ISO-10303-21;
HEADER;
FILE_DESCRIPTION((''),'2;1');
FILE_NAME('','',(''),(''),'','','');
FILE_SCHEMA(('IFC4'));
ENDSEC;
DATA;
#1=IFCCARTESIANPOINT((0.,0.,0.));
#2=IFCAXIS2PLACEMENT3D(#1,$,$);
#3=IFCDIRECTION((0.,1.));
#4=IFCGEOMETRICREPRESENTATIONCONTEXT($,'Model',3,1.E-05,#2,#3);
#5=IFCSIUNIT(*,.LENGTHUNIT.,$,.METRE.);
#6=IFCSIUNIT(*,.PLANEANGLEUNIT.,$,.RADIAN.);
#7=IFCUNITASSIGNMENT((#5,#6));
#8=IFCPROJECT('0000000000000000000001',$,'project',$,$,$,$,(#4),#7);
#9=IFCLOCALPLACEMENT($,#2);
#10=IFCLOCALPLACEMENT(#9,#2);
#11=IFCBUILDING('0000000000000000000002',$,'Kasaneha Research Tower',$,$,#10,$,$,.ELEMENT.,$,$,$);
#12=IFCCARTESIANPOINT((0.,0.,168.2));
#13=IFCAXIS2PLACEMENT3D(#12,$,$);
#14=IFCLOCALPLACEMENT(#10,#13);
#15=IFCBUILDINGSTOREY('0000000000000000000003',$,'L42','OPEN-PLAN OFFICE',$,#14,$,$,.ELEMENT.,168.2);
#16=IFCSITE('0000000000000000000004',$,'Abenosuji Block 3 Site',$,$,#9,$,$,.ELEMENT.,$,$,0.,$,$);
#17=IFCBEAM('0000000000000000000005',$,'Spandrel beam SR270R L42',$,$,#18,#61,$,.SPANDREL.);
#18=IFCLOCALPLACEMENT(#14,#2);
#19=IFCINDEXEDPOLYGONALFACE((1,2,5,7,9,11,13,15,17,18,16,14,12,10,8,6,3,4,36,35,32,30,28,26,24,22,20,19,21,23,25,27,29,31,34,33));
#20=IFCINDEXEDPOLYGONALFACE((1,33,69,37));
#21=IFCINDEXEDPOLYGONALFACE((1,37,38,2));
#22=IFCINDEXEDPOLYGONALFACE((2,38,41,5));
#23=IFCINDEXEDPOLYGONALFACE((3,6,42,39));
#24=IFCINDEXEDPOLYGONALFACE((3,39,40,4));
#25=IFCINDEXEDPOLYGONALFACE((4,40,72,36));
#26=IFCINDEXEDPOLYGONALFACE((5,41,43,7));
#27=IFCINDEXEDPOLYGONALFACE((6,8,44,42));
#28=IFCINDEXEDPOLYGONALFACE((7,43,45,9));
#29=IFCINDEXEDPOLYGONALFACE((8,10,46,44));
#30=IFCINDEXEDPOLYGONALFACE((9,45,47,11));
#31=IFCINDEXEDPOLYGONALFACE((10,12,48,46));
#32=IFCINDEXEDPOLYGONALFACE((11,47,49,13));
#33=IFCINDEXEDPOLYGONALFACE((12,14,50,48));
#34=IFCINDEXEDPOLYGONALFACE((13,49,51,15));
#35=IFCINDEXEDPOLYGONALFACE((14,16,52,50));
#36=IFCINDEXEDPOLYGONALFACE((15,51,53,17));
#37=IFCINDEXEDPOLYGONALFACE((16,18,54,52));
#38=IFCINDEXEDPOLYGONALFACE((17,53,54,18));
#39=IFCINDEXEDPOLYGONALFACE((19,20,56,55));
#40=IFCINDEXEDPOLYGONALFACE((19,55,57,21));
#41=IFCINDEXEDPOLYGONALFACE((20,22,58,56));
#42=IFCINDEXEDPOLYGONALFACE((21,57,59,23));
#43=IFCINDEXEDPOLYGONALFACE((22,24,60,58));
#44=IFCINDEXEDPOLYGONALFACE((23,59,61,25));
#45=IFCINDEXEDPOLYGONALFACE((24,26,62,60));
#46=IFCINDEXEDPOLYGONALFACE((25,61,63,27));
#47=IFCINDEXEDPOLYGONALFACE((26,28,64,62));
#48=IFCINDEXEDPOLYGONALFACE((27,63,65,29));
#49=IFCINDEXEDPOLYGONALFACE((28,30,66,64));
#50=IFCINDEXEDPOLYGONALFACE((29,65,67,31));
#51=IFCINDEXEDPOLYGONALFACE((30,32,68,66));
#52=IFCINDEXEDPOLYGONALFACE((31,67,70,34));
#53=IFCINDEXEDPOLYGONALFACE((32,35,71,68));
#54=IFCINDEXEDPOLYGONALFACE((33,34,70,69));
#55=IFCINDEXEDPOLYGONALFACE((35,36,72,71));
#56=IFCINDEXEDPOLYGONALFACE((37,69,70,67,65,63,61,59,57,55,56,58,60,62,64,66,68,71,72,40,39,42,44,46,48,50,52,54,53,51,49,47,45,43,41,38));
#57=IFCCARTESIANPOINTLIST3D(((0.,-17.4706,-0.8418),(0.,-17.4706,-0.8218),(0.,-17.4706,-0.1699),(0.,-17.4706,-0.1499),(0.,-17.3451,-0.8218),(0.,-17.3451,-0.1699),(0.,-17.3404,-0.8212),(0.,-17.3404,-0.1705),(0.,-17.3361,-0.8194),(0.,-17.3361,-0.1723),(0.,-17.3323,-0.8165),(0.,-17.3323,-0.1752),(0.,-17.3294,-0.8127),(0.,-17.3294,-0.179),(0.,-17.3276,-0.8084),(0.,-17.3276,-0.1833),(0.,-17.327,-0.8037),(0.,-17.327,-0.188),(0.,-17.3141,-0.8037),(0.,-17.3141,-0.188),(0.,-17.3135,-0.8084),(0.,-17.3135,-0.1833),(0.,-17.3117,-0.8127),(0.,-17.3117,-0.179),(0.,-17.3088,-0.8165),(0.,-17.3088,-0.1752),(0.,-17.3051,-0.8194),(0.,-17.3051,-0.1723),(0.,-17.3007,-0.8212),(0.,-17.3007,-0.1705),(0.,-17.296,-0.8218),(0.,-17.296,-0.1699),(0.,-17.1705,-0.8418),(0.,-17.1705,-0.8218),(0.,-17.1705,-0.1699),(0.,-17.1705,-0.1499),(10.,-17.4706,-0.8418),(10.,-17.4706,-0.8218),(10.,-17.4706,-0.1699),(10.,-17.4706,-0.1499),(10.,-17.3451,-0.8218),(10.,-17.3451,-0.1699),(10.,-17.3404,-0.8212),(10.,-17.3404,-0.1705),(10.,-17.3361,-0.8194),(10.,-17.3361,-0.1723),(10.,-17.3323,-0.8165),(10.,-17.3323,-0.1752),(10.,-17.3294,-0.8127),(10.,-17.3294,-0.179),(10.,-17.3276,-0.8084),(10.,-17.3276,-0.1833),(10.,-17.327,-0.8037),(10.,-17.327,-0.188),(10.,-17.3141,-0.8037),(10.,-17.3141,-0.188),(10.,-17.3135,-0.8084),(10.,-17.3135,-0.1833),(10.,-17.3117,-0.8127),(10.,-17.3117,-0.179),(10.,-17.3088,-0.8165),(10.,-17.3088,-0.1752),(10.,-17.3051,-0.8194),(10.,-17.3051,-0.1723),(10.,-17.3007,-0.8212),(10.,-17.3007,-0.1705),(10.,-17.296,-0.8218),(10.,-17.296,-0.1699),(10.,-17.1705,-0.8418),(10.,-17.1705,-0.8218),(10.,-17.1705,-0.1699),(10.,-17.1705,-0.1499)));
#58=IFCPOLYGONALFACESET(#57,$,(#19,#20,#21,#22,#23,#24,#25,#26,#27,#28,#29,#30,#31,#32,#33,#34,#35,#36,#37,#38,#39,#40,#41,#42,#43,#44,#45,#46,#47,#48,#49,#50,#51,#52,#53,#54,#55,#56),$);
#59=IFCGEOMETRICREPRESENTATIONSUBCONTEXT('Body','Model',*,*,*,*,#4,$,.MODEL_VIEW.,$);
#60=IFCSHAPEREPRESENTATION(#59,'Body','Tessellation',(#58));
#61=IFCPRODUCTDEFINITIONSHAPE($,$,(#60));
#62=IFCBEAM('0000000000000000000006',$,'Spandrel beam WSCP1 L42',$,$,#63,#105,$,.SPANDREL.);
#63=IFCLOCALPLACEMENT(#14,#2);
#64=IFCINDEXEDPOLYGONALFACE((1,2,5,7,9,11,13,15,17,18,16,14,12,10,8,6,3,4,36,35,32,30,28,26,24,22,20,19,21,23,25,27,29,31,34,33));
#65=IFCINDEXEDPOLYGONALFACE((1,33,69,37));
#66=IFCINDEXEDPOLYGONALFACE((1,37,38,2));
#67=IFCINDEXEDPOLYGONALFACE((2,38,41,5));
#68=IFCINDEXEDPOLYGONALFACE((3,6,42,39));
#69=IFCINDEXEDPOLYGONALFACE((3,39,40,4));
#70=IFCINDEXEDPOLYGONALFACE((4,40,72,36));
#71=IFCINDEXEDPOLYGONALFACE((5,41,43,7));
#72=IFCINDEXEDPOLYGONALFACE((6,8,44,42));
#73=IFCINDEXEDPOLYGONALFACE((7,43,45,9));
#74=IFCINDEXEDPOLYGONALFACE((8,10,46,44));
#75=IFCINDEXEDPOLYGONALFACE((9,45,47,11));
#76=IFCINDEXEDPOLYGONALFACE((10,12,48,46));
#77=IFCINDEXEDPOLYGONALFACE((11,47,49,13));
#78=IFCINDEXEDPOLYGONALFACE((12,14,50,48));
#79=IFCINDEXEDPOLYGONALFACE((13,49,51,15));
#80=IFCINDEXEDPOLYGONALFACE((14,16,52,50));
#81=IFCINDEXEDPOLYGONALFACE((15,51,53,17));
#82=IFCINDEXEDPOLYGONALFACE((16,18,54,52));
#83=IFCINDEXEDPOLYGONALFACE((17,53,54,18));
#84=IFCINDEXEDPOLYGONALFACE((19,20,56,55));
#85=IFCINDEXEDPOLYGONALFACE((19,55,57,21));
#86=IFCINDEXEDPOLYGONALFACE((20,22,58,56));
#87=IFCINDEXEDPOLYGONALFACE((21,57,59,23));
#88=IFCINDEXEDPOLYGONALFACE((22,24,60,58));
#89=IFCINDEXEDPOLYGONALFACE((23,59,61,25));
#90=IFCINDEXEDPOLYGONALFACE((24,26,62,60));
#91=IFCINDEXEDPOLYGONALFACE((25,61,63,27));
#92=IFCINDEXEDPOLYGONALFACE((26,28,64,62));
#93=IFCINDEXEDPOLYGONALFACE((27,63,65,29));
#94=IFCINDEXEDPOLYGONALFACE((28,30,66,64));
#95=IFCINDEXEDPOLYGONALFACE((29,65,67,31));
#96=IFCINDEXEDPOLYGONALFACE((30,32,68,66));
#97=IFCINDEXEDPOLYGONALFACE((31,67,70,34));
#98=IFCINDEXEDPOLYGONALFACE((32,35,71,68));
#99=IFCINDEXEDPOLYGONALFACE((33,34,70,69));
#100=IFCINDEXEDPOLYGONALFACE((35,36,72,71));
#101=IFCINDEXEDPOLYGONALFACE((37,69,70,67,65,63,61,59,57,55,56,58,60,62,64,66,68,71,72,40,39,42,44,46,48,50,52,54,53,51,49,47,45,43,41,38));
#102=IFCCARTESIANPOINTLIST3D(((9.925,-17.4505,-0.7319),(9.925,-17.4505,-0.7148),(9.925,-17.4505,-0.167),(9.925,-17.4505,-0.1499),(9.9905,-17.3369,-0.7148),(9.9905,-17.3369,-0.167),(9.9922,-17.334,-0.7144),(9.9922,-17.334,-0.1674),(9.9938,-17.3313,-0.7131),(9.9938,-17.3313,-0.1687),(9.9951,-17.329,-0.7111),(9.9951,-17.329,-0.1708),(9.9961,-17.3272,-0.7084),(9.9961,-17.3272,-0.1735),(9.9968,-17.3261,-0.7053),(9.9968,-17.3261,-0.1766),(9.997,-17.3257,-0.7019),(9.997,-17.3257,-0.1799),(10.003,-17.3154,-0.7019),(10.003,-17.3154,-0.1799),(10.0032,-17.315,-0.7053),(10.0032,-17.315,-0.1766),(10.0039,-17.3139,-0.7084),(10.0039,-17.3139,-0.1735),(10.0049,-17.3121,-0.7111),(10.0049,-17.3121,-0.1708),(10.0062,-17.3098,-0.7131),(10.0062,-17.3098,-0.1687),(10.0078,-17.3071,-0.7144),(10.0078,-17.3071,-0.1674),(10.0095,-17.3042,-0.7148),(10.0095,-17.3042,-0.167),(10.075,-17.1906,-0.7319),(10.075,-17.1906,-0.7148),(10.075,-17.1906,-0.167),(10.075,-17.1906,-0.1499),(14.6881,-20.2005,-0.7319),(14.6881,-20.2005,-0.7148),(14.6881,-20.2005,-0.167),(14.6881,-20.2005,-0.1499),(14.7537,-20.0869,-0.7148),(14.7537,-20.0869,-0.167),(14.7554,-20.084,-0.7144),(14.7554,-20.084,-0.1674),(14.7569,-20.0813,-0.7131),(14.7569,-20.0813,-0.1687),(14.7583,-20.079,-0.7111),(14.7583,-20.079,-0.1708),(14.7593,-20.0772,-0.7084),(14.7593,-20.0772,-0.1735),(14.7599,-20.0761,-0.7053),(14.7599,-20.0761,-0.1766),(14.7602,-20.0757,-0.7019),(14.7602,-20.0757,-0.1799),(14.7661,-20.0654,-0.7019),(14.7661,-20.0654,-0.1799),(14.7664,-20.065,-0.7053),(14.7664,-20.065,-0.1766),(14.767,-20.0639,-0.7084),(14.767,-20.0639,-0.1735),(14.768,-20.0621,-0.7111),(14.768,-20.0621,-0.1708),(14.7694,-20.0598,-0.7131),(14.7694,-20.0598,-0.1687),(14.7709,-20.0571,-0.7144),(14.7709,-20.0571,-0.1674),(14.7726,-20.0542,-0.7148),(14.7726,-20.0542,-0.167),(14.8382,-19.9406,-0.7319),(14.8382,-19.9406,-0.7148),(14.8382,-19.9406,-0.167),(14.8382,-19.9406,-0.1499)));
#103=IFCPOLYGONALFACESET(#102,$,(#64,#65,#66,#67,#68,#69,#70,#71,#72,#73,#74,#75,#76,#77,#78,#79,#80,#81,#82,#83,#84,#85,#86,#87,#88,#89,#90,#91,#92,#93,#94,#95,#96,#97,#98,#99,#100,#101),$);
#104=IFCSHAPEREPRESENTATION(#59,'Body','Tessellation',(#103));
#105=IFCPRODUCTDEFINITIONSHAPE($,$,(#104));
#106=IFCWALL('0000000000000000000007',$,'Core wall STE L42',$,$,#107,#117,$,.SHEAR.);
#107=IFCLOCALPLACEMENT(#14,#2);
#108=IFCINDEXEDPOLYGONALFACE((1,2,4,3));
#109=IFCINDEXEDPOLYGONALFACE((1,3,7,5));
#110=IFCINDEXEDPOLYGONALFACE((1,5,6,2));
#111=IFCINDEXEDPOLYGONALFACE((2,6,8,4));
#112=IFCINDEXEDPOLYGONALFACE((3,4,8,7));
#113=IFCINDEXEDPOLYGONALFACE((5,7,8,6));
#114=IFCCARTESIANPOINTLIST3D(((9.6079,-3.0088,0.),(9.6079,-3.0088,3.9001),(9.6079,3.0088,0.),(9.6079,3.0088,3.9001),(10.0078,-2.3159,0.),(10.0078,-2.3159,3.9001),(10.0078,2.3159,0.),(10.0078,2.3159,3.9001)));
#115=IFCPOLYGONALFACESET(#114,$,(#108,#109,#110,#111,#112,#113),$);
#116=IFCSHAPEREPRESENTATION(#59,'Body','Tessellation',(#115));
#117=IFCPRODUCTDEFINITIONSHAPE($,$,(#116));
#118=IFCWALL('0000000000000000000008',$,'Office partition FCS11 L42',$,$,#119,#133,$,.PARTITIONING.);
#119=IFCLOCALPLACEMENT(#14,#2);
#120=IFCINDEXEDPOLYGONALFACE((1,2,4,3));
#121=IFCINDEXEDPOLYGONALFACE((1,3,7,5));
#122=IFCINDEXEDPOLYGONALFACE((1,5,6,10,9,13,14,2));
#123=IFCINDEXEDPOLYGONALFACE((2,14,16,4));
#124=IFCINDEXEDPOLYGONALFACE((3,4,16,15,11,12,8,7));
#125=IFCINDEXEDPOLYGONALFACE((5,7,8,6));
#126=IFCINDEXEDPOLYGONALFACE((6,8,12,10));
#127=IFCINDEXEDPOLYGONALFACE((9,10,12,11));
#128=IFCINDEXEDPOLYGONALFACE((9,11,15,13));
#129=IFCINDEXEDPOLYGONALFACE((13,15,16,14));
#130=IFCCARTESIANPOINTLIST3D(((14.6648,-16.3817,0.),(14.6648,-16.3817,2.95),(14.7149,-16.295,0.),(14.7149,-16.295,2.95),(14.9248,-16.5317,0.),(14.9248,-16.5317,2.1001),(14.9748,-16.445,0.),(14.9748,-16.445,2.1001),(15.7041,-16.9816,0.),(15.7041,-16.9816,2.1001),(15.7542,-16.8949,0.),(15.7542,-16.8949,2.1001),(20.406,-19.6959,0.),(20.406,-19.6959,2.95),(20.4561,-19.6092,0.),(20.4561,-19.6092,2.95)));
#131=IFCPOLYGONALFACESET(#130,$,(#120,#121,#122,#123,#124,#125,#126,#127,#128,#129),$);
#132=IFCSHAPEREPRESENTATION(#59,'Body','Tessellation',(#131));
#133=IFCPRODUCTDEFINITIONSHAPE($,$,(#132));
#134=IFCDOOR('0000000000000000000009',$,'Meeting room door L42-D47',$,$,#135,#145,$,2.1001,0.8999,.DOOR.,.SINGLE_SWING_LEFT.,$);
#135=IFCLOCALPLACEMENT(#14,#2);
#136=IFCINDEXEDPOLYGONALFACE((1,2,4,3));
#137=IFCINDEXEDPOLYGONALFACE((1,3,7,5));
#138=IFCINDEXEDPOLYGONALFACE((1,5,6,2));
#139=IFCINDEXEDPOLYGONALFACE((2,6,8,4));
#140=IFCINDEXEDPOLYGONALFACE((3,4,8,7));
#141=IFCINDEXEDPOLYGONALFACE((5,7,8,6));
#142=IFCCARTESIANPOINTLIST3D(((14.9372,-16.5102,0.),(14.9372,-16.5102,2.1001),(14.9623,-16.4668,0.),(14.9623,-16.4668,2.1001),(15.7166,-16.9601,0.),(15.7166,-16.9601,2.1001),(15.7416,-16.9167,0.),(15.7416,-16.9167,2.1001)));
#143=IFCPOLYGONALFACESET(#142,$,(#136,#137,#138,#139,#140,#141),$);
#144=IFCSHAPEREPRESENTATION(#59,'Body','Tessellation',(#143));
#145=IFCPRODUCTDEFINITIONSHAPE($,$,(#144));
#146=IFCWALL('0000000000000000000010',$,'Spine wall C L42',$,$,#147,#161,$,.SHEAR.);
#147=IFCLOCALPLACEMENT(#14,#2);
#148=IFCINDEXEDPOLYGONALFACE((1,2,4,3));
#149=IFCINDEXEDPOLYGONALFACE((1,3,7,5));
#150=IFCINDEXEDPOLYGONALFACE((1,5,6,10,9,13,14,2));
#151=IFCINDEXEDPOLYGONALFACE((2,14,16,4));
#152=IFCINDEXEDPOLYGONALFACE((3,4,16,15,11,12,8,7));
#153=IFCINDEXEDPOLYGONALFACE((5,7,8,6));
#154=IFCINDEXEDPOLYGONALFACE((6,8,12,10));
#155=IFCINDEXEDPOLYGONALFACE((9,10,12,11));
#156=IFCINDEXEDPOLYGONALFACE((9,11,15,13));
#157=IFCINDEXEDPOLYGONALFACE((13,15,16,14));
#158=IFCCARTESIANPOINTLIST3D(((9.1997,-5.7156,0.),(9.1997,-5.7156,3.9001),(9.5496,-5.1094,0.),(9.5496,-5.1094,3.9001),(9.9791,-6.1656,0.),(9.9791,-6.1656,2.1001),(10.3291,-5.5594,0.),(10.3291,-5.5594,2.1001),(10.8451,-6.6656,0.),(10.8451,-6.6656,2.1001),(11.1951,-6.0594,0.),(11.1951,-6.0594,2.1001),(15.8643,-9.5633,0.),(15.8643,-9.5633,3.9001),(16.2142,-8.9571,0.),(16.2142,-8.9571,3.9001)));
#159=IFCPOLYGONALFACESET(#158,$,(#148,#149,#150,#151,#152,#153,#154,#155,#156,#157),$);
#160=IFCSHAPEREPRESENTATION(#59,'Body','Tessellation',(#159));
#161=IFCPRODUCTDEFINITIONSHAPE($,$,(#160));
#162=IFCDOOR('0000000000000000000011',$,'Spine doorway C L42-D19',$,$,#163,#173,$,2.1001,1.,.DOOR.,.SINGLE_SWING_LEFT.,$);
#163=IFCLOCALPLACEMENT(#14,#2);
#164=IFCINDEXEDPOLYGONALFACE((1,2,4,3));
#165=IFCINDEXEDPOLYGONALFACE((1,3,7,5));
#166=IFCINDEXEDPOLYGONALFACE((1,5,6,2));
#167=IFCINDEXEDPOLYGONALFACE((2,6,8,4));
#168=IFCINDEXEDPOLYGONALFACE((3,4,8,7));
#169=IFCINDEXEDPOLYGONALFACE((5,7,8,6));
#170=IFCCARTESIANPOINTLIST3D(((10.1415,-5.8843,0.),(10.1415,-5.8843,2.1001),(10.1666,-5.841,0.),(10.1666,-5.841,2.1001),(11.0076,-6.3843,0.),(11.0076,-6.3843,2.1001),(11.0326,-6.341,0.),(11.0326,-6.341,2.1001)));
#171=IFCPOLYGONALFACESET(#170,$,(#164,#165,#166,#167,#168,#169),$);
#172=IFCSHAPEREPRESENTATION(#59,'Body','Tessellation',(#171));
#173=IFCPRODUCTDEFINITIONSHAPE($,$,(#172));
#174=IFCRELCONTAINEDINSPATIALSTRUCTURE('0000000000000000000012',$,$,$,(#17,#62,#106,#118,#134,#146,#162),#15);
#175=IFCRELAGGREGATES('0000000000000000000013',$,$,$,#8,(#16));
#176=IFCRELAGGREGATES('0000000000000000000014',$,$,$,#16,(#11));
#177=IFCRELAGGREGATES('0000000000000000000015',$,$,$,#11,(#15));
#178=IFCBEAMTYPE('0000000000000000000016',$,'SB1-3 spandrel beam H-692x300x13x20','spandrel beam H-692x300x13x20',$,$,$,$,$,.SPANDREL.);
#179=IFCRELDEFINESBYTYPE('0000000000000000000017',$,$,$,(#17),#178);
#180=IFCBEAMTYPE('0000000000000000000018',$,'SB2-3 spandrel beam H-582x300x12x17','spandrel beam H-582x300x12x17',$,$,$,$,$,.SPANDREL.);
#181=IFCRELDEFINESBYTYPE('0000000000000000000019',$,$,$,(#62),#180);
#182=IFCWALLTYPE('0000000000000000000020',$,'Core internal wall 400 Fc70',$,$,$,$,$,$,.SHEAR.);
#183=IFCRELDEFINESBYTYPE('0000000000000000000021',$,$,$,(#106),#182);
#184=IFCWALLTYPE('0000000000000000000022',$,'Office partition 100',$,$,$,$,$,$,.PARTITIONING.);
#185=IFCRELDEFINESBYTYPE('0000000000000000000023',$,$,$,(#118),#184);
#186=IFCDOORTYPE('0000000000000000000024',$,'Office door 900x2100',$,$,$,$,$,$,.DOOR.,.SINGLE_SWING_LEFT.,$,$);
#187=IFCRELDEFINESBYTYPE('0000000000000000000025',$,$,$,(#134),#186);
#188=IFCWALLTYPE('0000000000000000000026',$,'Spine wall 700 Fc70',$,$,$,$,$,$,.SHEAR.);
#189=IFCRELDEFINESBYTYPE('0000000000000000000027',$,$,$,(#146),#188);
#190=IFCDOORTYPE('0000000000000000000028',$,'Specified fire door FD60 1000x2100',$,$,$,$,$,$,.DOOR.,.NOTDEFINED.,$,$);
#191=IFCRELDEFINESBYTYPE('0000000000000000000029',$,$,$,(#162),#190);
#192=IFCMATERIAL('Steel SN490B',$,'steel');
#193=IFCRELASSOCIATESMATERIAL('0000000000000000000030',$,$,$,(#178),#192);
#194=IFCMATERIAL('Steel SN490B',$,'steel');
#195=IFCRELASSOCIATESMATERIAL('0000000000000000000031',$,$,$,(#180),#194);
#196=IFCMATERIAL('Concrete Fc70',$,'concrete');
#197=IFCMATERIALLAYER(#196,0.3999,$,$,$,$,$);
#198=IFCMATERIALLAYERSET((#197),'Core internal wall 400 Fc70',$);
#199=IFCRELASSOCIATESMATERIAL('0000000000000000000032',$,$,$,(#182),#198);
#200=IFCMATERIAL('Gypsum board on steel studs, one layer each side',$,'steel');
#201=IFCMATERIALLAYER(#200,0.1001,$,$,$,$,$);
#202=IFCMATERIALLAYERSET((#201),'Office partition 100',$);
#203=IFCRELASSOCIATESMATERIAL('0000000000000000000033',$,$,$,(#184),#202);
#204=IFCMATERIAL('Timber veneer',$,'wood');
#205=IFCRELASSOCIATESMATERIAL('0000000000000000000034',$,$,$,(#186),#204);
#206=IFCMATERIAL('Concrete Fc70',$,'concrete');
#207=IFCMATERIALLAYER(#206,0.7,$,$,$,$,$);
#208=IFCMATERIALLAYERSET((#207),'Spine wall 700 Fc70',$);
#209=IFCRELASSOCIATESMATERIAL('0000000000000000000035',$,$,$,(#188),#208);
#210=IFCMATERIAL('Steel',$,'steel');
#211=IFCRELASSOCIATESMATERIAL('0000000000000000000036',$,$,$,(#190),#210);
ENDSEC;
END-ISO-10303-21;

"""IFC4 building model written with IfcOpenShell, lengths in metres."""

from ifc_helpers import new_model, si_unit, direction, frame, frame_2d, origin, origin_2d, place, context, subcontext, project, spatial, polyline, rectangle, i_section, outline, extrude, material, layer, layer_set, material_profile, profile_set, type_object, element, fill, save


model = new_model("IFC4")

# Units and contexts
model_context = context("Model", 3, precision=1e-05, world=origin(), true_north=direction((0.0, 1.0)))
body_context = subcontext(model_context, "Body", "Model", "MODEL_VIEW")
ifc_project = project(units=[si_unit("LENGTHUNIT", "METRE"), si_unit("PLANEANGLEUNIT", "RADIAN")], contexts=[model_context])

# Site, building, storey
site_placement = place(None, origin())
site = spatial("IfcSite", under=ifc_project, at=site_placement, Name="Abenosuji Block 3 Site", CompositionType="ELEMENT", RefElevation=0.0)
building_placement = place(site_placement, origin())
building = spatial("IfcBuilding", under=site, at=building_placement, Name="Kasaneha Research Tower", CompositionType="ELEMENT")
storey_placement = place(building_placement, frame((0.0, 0.0, 168.2)))
storey = spatial("IfcBuildingStorey", under=building, at=storey_placement, Name="L42", Description="OPEN-PLAN OFFICE", CompositionType="ELEMENT", Elevation=168.2)

# Beams
ifc_material_1 = material(Name="Steel SN490B", Category="steel")
ifc_material_profile_1 = material_profile(ifc_material_1, i_section(OverallWidth=0.3, OverallDepth=0.6919, WebThickness=0.0129, FlangeThickness=0.02, FilletRadius=0.0181, at=origin_2d()), Name="H-692x300x13x20")
ifc_profile_set_1 = profile_set([ifc_material_profile_1], Name="Steel SN490B")
beam_type_1 = type_object("IfcBeamType", Name="SB1-3 spandrel beam H-692x300x13x20", Description="spandrel beam H-692x300x13x20", PredefinedType="SPANDREL", material=ifc_profile_set_1)
beam_1_placement = place(storey_placement, frame((10.0, -17.3206, -0.4958), z_axis=(-1.0, 0.0, 0.0), x_axis=(0.0, -1.0, 0.0)))
element("IfcBeam", 1, at=beam_1_placement, inside=storey, type_object=beam_type_1, Name="Spandrel beam SR270R L42", PredefinedType="SPANDREL", context=body_context, shape_type="SweptSolid", body=[
    extrude(i_section(OverallWidth=0.3, OverallDepth=0.6919, WebThickness=0.0129, FlangeThickness=0.02, FilletRadius=0.0181, at=origin_2d()), origin(), (0.0, 0.0, 1.0), 10.0),
])
ifc_material_2 = material(Name="Steel SN490B", Category="steel")
ifc_material_profile_2 = material_profile(ifc_material_2, i_section(OverallWidth=0.3, OverallDepth=0.582, WebThickness=0.012, FlangeThickness=0.0171, FilletRadius=0.0129, at=origin_2d()), Name="H-582x300x12x17")
ifc_profile_set_2 = profile_set([ifc_material_profile_2], Name="Steel SN490B")
beam_type_2 = type_object("IfcBeamType", Name="SB2-3 spandrel beam H-582x300x12x17", Description="spandrel beam H-582x300x12x17", PredefinedType="SPANDREL", material=ifc_profile_set_2)
beam_2_placement = place(storey_placement, frame((10.0, -17.3206, -0.4409), z_axis=(0.866027, -0.499997, 0.0), x_axis=(0.499997, 0.866027, 0.0)))
element("IfcBeam", 2, at=beam_2_placement, inside=storey, type_object=beam_type_2, Name="Spandrel beam WSCP1 L42", PredefinedType="SPANDREL", context=body_context, shape_type="SweptSolid", body=[
    extrude(i_section(OverallWidth=0.3, OverallDepth=0.582, WebThickness=0.012, FlangeThickness=0.0171, FilletRadius=0.0129, at=origin_2d()), origin(), (0.0, 0.0, 1.0), 5.5),
])

# Wall
ifc_material_3 = material(Name="Concrete Fc70", Category="concrete")
ifc_layer_1 = layer(ifc_material_3, 0.3999)
ifc_layer_set_1 = layer_set([ifc_layer_1], Name="Core internal wall 400 Fc70")
wall_type_1 = type_object("IfcWallType", Name="Core internal wall 400 Fc70", PredefinedType="SHEAR", material=ifc_layer_set_1)
wall_1_placement = place(storey_placement, frame((9.8079, -2.6624, 0.0), z_axis=(0.0, 0.0, 1.0), x_axis=(0.0, 1.0, 0.0)))
element("IfcWall", 3, at=wall_1_placement, inside=storey, type_object=wall_type_1, Name="Core wall STE L42", PredefinedType="SHEAR", context=body_context, shape_type="SweptSolid", body=[
    extrude(outline(polyline([(0.3464, -0.2), (4.9783, -0.2), (5.6711, 0.2), (-0.3464, 0.2), (0.3464, -0.2)])), origin(), (0.0, 0.0, 1.0), 3.9001),
])

# Walls, openings, doors
ifc_material_4 = material(Name="Gypsum board on steel studs, one layer each side", Category="steel")
ifc_layer_2 = layer(ifc_material_4, 0.1001)
ifc_layer_set_2 = layer_set([ifc_layer_2], Name="Office partition 100")
wall_type_2 = type_object("IfcWallType", Name="Office partition 100", PredefinedType="PARTITIONING", material=ifc_layer_set_2)
wall_2_placement = place(storey_placement, frame((14.6899, -16.3384, 0.0), z_axis=(0.0, 0.0, 1.0), x_axis=(0.866057, -0.499946, 0.0)))
wall_2 = element("IfcWall", 4, at=wall_2_placement, inside=storey, type_object=wall_type_2, Name="Office partition FCS11 L42", PredefinedType="PARTITIONING", context=body_context, shape_type="SweptSolid", body=[
    extrude(rectangle(XDim=6.6292, YDim=0.1001, at=frame_2d((3.3145, 0.0))), origin(), (0.0, 0.0, 1.0), 2.95),
])
opening_1_placement = place(wall_2_placement, frame((0.3, 0.0, 0.0)))
opening_1 = element("IfcOpeningElement", 5, at=opening_1_placement, cuts=wall_2, PredefinedType="OPENING", context=body_context, shape_type="SweptSolid", body=[
    extrude(rectangle(XDim=0.8999, YDim=2.1001, at=frame_2d((0.45, 1.05))), frame((0.0, 0.0601, 0.0), z_axis=(0.0, -1.0, 0.0), x_axis=(1.0, 0.0, 0.0)), (0.0, 0.0, 1.0), 0.1201),
])
ifc_material_5 = material(Name="Timber veneer", Category="wood")
door_type_1 = type_object("IfcDoorType", Name="Office door 900x2100", OperationType="SINGLE_SWING_LEFT", PredefinedType="DOOR", material=ifc_material_5)
door_1_placement = place(opening_1_placement, origin())
door_1 = element("IfcDoor", 6, at=door_1_placement, inside=storey, type_object=door_type_1, Name="Meeting room door L42-D47", OperationType="SINGLE_SWING_LEFT", OverallHeight=2.1001, OverallWidth=0.8999, PredefinedType="DOOR", context=body_context, shape_type="SweptSolid", body=[
    extrude(rectangle(XDim=0.8999, YDim=2.1001, at=frame_2d((0.45, 1.05))), frame((0.0, 0.0249, 0.0), z_axis=(0.0, -1.0, 0.0), x_axis=(1.0, 0.0, 0.0)), (0.0, 0.0, 1.0), 0.05),
])
fill(opening_1, door_1)
ifc_material_6 = material(Name="Concrete Fc70", Category="concrete")
ifc_layer_3 = layer(ifc_material_6, 0.7)
ifc_layer_set_3 = layer_set([ifc_layer_3], Name="Spine wall 700 Fc70")
wall_type_3 = type_object("IfcWallType", Name="Spine wall 700 Fc70", PredefinedType="SHEAR", material=ifc_layer_set_3)
wall_3_placement = place(storey_placement, frame((9.3748, -5.4126, 0.0), z_axis=(0.0, 0.0, 1.0), x_axis=(0.866032, -0.499988, 0.0)))
wall_3 = element("IfcWall", 7, at=wall_3_placement, inside=storey, type_object=wall_type_3, Name="Spine wall C L42", PredefinedType="SHEAR", context=body_context, shape_type="SweptSolid", body=[
    extrude(rectangle(XDim=7.6956, YDim=0.7, at=frame_2d((3.8477, 0.0))), origin(), (0.0, 0.0, 1.0), 3.9001),
])
opening_2_placement = place(wall_3_placement, frame((0.8999, 0.0, 0.0)))
opening_2 = element("IfcOpeningElement", 8, at=opening_2_placement, cuts=wall_3, PredefinedType="OPENING", context=body_context, shape_type="SweptSolid", body=[
    extrude(rectangle(XDim=1.0, YDim=2.1001, at=frame_2d((0.5, 1.05))), frame((0.0, 0.3599, 0.0), z_axis=(0.0, -1.0, 0.0), x_axis=(1.0, 0.0, 0.0)), (0.0, 0.0, 1.0), 0.72),
])
ifc_material_7 = material(Name="Steel", Category="steel")
door_type_2 = type_object("IfcDoorType", Name="Specified fire door FD60 1000x2100", OperationType="NOTDEFINED", PredefinedType="DOOR", material=ifc_material_7)
door_2_placement = place(opening_2_placement, origin())
door_2 = element("IfcDoor", 9, at=door_2_placement, inside=storey, type_object=door_type_2, Name="Spine doorway C L42-D19", OperationType="SINGLE_SWING_LEFT", OverallHeight=2.1001, OverallWidth=1.0, PredefinedType="DOOR", context=body_context, shape_type="SweptSolid", body=[
    extrude(rectangle(XDim=1.0, YDim=2.1001, at=frame_2d((0.5, 1.05))), frame((0.0, 0.0249, 0.0), z_axis=(0.0, -1.0, 0.0), x_axis=(1.0, 0.0, 0.0)), (0.0, 0.0, 1.0), 0.05),
])
fill(opening_2, door_2)

save(model, "model.ifc")
